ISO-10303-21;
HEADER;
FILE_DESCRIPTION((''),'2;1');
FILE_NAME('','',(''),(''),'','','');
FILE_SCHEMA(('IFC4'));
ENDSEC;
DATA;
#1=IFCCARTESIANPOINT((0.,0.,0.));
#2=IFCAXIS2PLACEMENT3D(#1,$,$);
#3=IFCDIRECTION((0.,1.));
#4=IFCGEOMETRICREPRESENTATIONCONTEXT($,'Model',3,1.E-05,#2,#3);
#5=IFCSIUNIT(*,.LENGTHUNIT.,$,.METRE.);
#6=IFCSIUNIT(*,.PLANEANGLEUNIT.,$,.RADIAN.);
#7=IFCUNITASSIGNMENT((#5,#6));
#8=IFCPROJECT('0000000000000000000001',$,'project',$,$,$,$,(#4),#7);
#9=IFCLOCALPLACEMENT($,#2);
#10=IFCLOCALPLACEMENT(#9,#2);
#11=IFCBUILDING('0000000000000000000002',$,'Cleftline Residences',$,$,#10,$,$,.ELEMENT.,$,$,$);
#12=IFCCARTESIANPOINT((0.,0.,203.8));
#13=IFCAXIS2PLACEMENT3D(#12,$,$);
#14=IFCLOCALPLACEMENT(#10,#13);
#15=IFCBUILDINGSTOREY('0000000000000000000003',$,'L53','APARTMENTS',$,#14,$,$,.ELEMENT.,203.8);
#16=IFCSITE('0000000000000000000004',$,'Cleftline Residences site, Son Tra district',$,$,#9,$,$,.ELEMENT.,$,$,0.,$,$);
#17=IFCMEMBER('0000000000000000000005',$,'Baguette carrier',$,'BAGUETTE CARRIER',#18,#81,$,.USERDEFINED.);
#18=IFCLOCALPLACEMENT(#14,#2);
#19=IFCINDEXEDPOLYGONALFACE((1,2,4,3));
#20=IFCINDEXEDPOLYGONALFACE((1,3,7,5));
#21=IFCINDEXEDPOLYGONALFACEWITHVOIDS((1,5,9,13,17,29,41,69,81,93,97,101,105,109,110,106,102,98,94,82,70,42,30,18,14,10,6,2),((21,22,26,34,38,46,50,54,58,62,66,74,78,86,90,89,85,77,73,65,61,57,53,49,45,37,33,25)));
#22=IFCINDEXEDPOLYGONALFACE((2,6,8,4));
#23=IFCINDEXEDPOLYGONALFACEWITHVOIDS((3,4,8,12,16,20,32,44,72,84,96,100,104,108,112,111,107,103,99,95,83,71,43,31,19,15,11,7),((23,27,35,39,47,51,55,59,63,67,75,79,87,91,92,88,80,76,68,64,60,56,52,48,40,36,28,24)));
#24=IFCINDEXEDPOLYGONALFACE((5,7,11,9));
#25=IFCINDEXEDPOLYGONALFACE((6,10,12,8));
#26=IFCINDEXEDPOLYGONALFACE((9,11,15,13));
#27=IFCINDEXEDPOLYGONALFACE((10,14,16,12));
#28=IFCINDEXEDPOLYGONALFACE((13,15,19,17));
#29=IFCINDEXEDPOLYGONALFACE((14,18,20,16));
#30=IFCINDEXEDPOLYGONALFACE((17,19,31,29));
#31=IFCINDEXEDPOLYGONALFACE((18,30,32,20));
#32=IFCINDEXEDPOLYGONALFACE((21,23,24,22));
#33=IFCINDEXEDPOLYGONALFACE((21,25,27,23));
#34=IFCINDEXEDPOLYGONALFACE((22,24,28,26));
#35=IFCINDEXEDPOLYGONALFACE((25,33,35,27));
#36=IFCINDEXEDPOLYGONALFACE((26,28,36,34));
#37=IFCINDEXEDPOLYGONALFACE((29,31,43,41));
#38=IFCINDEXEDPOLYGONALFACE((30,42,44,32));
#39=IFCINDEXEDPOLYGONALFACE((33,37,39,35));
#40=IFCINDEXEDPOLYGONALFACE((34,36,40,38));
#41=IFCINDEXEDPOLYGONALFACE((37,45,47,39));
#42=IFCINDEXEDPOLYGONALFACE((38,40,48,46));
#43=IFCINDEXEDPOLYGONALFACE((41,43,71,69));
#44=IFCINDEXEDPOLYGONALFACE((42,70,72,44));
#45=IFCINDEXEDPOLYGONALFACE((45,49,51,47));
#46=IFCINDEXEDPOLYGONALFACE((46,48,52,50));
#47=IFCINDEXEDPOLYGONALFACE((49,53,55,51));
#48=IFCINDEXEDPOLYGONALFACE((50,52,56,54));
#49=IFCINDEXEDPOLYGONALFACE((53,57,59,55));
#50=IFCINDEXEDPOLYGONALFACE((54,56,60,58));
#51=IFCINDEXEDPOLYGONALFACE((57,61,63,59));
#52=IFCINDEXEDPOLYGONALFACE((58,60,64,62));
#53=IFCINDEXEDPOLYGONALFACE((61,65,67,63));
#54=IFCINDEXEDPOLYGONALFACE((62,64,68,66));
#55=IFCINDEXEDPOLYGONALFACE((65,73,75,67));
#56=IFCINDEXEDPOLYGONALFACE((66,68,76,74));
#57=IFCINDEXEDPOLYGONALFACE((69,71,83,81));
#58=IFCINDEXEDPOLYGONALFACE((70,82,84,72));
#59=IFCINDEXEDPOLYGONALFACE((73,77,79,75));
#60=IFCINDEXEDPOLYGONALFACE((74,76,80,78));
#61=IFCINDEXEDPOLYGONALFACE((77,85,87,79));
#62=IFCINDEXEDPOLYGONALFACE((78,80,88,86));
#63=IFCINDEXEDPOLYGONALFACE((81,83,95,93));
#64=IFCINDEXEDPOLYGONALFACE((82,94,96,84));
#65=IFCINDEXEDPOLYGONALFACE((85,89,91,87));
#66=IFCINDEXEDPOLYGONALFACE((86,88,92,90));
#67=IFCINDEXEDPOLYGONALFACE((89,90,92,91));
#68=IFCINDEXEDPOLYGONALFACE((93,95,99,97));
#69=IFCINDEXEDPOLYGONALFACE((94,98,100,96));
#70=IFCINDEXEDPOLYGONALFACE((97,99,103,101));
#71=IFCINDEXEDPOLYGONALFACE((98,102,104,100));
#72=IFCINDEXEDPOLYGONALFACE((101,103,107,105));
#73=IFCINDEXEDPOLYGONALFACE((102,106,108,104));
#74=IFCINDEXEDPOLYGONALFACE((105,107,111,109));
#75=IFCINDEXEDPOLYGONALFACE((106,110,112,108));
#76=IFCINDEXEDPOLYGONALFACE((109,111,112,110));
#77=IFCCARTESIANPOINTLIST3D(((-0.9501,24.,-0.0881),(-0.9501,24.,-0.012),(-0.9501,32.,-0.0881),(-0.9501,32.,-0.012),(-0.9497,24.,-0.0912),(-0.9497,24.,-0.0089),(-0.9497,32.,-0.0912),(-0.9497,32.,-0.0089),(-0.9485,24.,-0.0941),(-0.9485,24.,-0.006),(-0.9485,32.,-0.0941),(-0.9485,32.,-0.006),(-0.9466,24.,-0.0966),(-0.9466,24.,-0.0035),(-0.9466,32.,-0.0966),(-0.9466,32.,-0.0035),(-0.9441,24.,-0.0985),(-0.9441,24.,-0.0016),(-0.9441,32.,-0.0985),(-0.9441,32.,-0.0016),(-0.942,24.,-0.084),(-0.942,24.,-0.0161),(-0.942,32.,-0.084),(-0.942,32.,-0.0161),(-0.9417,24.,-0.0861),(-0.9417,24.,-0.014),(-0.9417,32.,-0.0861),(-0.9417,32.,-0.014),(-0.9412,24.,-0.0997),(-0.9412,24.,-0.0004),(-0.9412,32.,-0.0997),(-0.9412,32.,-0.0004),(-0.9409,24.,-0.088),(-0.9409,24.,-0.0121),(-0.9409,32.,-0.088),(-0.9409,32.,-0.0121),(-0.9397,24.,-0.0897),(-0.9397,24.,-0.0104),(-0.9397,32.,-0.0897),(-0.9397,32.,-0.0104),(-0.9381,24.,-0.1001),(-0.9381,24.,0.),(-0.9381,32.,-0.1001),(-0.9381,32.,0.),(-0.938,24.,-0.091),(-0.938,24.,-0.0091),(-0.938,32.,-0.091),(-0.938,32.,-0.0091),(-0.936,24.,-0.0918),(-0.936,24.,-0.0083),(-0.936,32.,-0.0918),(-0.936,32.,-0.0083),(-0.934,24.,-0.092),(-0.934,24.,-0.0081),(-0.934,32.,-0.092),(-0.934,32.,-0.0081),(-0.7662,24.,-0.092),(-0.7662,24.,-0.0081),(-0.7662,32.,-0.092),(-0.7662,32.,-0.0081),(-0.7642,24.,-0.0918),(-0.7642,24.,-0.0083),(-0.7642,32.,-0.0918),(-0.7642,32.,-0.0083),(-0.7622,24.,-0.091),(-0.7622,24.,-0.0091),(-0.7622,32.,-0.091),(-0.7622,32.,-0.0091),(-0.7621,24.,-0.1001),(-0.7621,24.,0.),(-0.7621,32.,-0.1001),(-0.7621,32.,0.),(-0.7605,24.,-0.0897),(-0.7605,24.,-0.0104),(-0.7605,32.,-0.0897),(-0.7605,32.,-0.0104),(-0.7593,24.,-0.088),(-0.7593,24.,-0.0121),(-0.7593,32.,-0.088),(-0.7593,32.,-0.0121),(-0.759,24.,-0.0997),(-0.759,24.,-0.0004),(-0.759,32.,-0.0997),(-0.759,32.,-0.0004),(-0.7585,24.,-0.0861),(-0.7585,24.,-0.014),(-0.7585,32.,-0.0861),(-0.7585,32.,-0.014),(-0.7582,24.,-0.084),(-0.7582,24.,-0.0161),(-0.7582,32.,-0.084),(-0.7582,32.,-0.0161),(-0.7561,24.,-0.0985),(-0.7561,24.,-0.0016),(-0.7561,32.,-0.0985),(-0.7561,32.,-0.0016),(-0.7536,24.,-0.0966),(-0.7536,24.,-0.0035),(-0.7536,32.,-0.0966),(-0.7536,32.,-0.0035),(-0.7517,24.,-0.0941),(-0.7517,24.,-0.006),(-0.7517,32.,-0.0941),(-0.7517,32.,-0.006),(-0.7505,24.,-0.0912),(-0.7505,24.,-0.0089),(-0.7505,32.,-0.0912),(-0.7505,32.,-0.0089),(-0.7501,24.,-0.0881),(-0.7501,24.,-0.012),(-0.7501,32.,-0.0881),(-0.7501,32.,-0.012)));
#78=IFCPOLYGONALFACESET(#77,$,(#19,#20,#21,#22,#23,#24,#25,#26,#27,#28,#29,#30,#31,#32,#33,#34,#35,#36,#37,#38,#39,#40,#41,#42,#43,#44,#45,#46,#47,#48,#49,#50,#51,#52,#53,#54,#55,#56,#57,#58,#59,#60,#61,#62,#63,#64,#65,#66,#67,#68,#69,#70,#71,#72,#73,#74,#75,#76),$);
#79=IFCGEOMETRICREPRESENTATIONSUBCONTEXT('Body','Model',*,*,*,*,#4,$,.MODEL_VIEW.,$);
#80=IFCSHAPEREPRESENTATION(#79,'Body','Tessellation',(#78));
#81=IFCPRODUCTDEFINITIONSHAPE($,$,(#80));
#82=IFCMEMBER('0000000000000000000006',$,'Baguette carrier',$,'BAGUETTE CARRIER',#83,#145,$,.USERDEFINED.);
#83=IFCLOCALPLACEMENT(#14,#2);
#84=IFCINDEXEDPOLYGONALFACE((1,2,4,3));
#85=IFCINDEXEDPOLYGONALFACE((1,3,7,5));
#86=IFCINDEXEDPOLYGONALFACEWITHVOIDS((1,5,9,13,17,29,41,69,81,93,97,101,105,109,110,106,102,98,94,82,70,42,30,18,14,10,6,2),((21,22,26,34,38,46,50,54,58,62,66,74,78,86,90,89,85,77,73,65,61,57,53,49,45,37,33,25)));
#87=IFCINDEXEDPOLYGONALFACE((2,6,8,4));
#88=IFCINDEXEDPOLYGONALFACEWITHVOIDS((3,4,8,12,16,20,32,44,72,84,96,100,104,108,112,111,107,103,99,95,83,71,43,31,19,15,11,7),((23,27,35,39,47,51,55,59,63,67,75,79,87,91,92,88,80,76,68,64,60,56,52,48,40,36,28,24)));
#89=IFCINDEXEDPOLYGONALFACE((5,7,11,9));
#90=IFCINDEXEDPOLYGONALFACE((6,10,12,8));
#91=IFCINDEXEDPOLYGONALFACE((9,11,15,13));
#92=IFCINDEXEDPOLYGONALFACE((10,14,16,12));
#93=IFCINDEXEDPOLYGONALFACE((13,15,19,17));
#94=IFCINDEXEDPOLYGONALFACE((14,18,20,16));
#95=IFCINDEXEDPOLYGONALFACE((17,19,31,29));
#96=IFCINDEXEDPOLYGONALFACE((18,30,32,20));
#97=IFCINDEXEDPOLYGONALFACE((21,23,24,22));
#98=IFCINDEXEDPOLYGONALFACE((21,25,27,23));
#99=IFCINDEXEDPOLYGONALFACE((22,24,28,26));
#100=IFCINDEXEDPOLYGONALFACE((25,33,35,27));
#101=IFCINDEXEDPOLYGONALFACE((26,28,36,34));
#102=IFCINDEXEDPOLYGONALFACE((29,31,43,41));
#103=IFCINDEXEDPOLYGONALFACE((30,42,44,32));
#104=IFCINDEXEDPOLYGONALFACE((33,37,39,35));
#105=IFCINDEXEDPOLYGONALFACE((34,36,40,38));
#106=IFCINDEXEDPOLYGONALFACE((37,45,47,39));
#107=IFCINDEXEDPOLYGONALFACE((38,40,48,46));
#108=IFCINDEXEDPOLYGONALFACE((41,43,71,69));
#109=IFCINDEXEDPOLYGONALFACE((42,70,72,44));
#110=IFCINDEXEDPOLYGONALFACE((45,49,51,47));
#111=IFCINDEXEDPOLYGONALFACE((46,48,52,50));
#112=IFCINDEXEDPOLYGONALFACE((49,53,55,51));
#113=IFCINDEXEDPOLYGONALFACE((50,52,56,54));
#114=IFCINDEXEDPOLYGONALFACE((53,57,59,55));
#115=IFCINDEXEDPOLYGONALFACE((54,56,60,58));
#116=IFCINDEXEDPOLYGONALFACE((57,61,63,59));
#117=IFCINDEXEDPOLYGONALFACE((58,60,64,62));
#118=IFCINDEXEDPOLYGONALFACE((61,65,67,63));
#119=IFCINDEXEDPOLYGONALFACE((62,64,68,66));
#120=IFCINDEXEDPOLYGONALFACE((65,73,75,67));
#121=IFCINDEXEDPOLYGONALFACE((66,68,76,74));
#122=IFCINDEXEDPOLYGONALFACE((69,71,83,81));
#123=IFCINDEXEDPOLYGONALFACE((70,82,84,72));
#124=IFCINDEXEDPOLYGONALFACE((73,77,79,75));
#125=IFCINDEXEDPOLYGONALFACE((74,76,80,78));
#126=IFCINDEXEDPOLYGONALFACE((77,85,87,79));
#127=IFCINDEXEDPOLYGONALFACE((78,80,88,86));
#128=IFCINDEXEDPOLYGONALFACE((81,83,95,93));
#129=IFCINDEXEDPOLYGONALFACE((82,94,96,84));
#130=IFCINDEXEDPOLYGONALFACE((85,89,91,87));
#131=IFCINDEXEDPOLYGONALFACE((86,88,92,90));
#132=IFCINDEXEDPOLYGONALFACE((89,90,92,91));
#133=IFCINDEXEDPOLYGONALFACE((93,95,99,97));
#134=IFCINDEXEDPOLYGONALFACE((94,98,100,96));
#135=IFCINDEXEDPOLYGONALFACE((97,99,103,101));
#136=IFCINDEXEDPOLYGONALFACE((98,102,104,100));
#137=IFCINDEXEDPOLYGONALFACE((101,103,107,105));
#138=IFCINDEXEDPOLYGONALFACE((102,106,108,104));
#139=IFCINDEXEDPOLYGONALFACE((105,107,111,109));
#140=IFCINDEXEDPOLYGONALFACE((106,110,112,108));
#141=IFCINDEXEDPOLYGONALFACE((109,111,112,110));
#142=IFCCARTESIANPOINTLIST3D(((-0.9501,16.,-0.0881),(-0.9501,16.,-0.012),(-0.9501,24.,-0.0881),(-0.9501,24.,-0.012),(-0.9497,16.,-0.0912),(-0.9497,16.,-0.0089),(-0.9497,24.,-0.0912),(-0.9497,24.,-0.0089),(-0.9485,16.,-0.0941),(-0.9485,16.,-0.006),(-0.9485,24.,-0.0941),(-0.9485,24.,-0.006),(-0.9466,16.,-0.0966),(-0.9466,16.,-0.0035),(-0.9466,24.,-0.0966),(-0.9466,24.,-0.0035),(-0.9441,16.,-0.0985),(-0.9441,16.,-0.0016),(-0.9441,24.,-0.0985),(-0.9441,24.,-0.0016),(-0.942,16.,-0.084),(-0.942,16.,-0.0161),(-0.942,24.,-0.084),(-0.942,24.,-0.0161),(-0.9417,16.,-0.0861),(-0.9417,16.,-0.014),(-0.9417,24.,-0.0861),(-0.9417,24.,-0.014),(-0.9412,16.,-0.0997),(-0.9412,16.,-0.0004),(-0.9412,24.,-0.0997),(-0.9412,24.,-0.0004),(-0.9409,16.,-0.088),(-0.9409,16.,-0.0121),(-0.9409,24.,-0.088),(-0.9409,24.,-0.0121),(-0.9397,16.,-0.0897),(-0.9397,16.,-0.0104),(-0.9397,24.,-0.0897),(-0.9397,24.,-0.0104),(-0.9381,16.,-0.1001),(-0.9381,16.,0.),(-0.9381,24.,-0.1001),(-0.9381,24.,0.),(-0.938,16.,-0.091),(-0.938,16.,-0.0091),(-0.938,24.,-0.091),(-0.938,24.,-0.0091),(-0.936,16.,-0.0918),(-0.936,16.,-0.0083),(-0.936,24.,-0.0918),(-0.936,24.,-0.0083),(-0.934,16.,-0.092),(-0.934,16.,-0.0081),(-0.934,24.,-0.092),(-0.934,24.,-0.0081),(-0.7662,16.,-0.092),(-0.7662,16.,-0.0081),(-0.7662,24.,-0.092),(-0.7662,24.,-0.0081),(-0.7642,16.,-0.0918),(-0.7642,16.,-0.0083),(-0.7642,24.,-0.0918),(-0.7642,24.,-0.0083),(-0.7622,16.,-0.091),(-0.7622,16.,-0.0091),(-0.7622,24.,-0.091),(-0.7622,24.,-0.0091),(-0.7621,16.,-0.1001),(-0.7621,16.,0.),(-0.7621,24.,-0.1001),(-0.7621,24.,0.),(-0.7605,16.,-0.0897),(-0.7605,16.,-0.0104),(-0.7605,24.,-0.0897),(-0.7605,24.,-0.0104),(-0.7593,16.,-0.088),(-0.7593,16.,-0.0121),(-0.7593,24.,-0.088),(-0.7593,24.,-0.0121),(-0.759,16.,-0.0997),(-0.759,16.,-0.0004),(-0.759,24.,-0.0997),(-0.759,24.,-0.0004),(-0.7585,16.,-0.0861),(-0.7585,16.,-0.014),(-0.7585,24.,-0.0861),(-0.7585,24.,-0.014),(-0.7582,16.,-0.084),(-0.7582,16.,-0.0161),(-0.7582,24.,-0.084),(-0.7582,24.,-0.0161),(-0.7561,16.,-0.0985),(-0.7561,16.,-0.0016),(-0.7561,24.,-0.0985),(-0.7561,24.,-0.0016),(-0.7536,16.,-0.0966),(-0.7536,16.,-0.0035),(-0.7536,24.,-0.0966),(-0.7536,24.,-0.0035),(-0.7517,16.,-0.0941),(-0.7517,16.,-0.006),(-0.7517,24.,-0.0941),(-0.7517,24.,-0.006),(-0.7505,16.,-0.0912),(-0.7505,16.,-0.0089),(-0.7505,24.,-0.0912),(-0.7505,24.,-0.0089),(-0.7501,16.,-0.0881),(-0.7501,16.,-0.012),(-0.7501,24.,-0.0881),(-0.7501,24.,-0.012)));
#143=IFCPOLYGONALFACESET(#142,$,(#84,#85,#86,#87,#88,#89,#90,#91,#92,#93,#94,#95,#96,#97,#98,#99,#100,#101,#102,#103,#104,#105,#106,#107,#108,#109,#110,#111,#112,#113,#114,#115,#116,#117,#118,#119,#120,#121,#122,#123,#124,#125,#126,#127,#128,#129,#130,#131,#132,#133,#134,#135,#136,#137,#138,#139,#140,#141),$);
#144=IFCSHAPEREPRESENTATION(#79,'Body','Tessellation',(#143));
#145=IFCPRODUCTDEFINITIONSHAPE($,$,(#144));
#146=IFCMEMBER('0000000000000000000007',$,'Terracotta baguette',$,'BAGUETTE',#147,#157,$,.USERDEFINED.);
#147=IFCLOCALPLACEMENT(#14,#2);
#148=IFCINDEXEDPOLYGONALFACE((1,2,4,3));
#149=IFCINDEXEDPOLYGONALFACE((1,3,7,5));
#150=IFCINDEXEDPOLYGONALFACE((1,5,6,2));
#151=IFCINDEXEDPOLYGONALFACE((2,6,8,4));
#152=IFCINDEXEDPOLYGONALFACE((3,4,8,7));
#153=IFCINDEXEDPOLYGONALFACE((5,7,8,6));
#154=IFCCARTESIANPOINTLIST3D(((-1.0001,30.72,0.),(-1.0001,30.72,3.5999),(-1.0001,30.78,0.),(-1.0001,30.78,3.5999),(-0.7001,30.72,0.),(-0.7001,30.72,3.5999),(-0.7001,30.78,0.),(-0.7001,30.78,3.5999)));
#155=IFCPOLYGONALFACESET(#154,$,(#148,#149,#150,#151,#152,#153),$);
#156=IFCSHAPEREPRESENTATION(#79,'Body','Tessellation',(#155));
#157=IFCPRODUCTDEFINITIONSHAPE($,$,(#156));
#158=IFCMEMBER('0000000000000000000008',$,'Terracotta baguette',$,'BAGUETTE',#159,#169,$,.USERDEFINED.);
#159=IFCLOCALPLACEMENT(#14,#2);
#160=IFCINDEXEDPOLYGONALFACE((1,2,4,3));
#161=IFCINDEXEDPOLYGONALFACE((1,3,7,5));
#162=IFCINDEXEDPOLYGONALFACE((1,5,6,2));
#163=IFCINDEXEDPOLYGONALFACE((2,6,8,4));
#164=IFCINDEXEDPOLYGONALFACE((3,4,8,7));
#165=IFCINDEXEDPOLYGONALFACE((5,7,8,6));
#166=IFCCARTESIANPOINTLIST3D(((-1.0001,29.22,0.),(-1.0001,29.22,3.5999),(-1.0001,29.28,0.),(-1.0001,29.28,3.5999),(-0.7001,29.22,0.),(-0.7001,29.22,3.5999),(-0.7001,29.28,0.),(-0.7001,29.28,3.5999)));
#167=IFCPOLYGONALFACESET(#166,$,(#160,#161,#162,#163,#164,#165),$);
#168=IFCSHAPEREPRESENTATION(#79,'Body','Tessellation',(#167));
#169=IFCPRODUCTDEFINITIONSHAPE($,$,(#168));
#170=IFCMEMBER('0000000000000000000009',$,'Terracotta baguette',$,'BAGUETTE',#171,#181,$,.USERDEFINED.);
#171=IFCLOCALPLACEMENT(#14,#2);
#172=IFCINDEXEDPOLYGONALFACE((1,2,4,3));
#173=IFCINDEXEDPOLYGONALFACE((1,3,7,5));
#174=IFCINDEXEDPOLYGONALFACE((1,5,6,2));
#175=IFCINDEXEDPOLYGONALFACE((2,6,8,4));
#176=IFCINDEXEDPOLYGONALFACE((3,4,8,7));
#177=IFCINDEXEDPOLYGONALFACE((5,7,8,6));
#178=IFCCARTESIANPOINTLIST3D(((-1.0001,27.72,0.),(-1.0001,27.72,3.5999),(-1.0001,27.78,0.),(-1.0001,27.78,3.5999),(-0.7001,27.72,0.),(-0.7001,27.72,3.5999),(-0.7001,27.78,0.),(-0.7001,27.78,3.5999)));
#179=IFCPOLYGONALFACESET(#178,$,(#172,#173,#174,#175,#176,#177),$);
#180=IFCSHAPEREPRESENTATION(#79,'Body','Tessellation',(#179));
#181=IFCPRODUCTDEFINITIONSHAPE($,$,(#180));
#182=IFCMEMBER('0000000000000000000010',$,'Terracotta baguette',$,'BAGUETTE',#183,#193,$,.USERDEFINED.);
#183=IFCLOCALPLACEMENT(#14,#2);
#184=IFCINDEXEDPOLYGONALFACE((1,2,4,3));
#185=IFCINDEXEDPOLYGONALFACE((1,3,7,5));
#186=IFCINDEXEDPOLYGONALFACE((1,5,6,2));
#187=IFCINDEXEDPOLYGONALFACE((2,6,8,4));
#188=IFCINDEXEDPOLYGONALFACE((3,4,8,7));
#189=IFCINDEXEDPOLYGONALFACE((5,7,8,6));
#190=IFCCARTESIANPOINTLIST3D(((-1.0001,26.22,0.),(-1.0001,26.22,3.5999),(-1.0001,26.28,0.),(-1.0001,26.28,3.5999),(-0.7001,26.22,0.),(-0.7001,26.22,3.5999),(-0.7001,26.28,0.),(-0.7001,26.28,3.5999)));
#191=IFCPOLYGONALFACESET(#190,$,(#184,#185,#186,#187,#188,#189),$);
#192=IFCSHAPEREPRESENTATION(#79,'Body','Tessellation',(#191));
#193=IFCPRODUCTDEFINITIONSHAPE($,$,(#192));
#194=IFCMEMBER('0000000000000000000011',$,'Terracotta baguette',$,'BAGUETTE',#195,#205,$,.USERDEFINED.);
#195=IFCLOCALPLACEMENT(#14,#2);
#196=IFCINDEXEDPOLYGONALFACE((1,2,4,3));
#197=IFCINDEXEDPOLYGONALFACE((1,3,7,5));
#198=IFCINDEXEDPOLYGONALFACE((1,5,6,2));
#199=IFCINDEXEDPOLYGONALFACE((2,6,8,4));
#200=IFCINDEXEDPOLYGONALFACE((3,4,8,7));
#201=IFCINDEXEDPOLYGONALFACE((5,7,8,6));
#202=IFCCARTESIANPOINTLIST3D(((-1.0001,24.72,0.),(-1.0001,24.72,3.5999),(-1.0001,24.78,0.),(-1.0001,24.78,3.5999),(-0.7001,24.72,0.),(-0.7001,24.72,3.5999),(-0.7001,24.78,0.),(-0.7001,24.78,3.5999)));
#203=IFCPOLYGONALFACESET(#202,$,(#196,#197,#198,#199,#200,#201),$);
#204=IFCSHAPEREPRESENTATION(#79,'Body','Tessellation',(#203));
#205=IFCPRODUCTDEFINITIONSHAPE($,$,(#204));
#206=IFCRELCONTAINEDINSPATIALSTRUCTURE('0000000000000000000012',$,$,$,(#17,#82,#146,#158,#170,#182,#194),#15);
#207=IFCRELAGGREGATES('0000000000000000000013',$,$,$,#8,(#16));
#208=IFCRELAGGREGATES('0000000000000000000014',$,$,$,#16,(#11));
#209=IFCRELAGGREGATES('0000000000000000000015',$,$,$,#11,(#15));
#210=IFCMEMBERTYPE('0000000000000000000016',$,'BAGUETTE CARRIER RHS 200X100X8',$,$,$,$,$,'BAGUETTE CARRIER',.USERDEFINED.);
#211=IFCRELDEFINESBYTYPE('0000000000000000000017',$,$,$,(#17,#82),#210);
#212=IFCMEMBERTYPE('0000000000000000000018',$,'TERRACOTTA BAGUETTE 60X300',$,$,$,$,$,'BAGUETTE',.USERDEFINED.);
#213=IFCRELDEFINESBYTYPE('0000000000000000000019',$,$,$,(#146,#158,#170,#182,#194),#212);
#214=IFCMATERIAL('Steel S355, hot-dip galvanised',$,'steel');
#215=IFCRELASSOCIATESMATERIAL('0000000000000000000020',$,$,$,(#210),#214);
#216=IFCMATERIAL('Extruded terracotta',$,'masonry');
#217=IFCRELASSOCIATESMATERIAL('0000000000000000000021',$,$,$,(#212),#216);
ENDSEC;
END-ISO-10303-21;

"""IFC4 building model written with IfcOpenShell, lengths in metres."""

from ifc_helpers import new_model, si_unit, direction, frame, origin, origin_2d, place, context, subcontext, project, spatial, rectangle, hollow_rectangle, extrude, material, material_profile, profile_set, type_object, element, save


model = new_model("IFC4")

# Units and contexts
model_context = context("Model", 3, precision=1e-05, world=origin(), true_north=direction((0.0, 1.0)))
body_context = subcontext(model_context, "Body", "Model", "MODEL_VIEW")
ifc_project = project(units=[si_unit("LENGTHUNIT", "METRE"), si_unit("PLANEANGLEUNIT", "RADIAN")], contexts=[model_context])

# Site, building, storey
site_placement = place(None, origin())
site = spatial("IfcSite", under=ifc_project, at=site_placement, Name="Cleftline Residences site, Son Tra district", CompositionType="ELEMENT", RefElevation=0.0)
building_placement = place(site_placement, origin())
building = spatial("IfcBuilding", under=site, at=building_placement, Name="Cleftline Residences", CompositionType="ELEMENT")
storey_placement = place(building_placement, frame((0.0, 0.0, 203.8)))
storey = spatial("IfcBuildingStorey", under=building, at=storey_placement, Name="L53", Description="APARTMENTS", CompositionType="ELEMENT", Elevation=203.8)

# Members
ifc_material_1 = material(Name="Steel S355, hot-dip galvanised", Category="steel")
ifc_material_profile_1 = material_profile(ifc_material_1, hollow_rectangle(XDim=0.1001, YDim=0.2, WallThickness=0.0081, InnerFilletRadius=0.0081, OuterFilletRadius=0.012, at=origin_2d()))
ifc_profile_set_1 = profile_set([ifc_material_profile_1], Name="Steel S355, hot-dip galvanised")
member_type_1 = type_object("IfcMemberType", Name="BAGUETTE CARRIER RHS 200X100X8", ElementType="BAGUETTE CARRIER", PredefinedType="USERDEFINED", material=ifc_profile_set_1)
for number, where, z_axis, x_axis, name in (
    (1, (-0.8501, 32.0, -0.05), (0.0, -1.0, 0.0), (0.0, 0.0, 1.0), "Baguette carrier"),
    (2, (-0.8501, 24.0, -0.05), (0.0, -1.0, 0.0), (0.0, 0.0, 1.0), "Baguette carrier"),
):
    element("IfcMember", number, at=place(storey_placement, frame(where, z_axis=z_axis, x_axis=x_axis)), inside=storey, type_object=member_type_1, Name=name, ObjectType="BAGUETTE CARRIER", PredefinedType="USERDEFINED", context=body_context, shape_type="SweptSolid", body=[
        extrude(hollow_rectangle(XDim=0.1001, YDim=0.2, WallThickness=0.0081, InnerFilletRadius=0.0081, OuterFilletRadius=0.012, at=origin_2d()), origin(), (0.0, 0.0, 1.0), 8.0),
    ])
ifc_material_2 = material(Name="Extruded terracotta", Category="masonry")
ifc_material_profile_2 = material_profile(ifc_material_2, rectangle(XDim=0.0601, YDim=0.3, at=origin_2d()))
ifc_profile_set_2 = profile_set([ifc_material_profile_2], Name="Extruded terracotta")
member_type_2 = type_object("IfcMemberType", Name="TERRACOTTA BAGUETTE 60X300", ElementType="BAGUETTE", PredefinedType="USERDEFINED", material=ifc_profile_set_2)
for number, where, z_axis, x_axis, name in (
    (3, (-0.8501, 30.75, 0.0), (0.0, 0.0, 1.0), (0.0, 1.0, 0.0), "Terracotta baguette"),
    (4, (-0.8501, 29.25, 0.0), (0.0, 0.0, 1.0), (0.0, 1.0, 0.0), "Terracotta baguette"),
    (5, (-0.8501, 27.75, 0.0), (0.0, 0.0, 1.0), (0.0, 1.0, 0.0), "Terracotta baguette"),
    (6, (-0.8501, 26.25, 0.0), (0.0, 0.0, 1.0), (0.0, 1.0, 0.0), "Terracotta baguette"),
    (7, (-0.8501, 24.75, 0.0), (0.0, 0.0, 1.0), (0.0, 1.0, 0.0), "Terracotta baguette"),
):
    element("IfcMember", number, at=place(storey_placement, frame(where, z_axis=z_axis, x_axis=x_axis)), inside=storey, type_object=member_type_2, Name=name, ObjectType="BAGUETTE", PredefinedType="USERDEFINED", context=body_context, shape_type="SweptSolid", body=[
        extrude(rectangle(XDim=0.0601, YDim=0.3, at=origin_2d()), origin(), (0.0, 0.0, 1.0), 3.5999),
    ])

save(model, "model.ifc")
